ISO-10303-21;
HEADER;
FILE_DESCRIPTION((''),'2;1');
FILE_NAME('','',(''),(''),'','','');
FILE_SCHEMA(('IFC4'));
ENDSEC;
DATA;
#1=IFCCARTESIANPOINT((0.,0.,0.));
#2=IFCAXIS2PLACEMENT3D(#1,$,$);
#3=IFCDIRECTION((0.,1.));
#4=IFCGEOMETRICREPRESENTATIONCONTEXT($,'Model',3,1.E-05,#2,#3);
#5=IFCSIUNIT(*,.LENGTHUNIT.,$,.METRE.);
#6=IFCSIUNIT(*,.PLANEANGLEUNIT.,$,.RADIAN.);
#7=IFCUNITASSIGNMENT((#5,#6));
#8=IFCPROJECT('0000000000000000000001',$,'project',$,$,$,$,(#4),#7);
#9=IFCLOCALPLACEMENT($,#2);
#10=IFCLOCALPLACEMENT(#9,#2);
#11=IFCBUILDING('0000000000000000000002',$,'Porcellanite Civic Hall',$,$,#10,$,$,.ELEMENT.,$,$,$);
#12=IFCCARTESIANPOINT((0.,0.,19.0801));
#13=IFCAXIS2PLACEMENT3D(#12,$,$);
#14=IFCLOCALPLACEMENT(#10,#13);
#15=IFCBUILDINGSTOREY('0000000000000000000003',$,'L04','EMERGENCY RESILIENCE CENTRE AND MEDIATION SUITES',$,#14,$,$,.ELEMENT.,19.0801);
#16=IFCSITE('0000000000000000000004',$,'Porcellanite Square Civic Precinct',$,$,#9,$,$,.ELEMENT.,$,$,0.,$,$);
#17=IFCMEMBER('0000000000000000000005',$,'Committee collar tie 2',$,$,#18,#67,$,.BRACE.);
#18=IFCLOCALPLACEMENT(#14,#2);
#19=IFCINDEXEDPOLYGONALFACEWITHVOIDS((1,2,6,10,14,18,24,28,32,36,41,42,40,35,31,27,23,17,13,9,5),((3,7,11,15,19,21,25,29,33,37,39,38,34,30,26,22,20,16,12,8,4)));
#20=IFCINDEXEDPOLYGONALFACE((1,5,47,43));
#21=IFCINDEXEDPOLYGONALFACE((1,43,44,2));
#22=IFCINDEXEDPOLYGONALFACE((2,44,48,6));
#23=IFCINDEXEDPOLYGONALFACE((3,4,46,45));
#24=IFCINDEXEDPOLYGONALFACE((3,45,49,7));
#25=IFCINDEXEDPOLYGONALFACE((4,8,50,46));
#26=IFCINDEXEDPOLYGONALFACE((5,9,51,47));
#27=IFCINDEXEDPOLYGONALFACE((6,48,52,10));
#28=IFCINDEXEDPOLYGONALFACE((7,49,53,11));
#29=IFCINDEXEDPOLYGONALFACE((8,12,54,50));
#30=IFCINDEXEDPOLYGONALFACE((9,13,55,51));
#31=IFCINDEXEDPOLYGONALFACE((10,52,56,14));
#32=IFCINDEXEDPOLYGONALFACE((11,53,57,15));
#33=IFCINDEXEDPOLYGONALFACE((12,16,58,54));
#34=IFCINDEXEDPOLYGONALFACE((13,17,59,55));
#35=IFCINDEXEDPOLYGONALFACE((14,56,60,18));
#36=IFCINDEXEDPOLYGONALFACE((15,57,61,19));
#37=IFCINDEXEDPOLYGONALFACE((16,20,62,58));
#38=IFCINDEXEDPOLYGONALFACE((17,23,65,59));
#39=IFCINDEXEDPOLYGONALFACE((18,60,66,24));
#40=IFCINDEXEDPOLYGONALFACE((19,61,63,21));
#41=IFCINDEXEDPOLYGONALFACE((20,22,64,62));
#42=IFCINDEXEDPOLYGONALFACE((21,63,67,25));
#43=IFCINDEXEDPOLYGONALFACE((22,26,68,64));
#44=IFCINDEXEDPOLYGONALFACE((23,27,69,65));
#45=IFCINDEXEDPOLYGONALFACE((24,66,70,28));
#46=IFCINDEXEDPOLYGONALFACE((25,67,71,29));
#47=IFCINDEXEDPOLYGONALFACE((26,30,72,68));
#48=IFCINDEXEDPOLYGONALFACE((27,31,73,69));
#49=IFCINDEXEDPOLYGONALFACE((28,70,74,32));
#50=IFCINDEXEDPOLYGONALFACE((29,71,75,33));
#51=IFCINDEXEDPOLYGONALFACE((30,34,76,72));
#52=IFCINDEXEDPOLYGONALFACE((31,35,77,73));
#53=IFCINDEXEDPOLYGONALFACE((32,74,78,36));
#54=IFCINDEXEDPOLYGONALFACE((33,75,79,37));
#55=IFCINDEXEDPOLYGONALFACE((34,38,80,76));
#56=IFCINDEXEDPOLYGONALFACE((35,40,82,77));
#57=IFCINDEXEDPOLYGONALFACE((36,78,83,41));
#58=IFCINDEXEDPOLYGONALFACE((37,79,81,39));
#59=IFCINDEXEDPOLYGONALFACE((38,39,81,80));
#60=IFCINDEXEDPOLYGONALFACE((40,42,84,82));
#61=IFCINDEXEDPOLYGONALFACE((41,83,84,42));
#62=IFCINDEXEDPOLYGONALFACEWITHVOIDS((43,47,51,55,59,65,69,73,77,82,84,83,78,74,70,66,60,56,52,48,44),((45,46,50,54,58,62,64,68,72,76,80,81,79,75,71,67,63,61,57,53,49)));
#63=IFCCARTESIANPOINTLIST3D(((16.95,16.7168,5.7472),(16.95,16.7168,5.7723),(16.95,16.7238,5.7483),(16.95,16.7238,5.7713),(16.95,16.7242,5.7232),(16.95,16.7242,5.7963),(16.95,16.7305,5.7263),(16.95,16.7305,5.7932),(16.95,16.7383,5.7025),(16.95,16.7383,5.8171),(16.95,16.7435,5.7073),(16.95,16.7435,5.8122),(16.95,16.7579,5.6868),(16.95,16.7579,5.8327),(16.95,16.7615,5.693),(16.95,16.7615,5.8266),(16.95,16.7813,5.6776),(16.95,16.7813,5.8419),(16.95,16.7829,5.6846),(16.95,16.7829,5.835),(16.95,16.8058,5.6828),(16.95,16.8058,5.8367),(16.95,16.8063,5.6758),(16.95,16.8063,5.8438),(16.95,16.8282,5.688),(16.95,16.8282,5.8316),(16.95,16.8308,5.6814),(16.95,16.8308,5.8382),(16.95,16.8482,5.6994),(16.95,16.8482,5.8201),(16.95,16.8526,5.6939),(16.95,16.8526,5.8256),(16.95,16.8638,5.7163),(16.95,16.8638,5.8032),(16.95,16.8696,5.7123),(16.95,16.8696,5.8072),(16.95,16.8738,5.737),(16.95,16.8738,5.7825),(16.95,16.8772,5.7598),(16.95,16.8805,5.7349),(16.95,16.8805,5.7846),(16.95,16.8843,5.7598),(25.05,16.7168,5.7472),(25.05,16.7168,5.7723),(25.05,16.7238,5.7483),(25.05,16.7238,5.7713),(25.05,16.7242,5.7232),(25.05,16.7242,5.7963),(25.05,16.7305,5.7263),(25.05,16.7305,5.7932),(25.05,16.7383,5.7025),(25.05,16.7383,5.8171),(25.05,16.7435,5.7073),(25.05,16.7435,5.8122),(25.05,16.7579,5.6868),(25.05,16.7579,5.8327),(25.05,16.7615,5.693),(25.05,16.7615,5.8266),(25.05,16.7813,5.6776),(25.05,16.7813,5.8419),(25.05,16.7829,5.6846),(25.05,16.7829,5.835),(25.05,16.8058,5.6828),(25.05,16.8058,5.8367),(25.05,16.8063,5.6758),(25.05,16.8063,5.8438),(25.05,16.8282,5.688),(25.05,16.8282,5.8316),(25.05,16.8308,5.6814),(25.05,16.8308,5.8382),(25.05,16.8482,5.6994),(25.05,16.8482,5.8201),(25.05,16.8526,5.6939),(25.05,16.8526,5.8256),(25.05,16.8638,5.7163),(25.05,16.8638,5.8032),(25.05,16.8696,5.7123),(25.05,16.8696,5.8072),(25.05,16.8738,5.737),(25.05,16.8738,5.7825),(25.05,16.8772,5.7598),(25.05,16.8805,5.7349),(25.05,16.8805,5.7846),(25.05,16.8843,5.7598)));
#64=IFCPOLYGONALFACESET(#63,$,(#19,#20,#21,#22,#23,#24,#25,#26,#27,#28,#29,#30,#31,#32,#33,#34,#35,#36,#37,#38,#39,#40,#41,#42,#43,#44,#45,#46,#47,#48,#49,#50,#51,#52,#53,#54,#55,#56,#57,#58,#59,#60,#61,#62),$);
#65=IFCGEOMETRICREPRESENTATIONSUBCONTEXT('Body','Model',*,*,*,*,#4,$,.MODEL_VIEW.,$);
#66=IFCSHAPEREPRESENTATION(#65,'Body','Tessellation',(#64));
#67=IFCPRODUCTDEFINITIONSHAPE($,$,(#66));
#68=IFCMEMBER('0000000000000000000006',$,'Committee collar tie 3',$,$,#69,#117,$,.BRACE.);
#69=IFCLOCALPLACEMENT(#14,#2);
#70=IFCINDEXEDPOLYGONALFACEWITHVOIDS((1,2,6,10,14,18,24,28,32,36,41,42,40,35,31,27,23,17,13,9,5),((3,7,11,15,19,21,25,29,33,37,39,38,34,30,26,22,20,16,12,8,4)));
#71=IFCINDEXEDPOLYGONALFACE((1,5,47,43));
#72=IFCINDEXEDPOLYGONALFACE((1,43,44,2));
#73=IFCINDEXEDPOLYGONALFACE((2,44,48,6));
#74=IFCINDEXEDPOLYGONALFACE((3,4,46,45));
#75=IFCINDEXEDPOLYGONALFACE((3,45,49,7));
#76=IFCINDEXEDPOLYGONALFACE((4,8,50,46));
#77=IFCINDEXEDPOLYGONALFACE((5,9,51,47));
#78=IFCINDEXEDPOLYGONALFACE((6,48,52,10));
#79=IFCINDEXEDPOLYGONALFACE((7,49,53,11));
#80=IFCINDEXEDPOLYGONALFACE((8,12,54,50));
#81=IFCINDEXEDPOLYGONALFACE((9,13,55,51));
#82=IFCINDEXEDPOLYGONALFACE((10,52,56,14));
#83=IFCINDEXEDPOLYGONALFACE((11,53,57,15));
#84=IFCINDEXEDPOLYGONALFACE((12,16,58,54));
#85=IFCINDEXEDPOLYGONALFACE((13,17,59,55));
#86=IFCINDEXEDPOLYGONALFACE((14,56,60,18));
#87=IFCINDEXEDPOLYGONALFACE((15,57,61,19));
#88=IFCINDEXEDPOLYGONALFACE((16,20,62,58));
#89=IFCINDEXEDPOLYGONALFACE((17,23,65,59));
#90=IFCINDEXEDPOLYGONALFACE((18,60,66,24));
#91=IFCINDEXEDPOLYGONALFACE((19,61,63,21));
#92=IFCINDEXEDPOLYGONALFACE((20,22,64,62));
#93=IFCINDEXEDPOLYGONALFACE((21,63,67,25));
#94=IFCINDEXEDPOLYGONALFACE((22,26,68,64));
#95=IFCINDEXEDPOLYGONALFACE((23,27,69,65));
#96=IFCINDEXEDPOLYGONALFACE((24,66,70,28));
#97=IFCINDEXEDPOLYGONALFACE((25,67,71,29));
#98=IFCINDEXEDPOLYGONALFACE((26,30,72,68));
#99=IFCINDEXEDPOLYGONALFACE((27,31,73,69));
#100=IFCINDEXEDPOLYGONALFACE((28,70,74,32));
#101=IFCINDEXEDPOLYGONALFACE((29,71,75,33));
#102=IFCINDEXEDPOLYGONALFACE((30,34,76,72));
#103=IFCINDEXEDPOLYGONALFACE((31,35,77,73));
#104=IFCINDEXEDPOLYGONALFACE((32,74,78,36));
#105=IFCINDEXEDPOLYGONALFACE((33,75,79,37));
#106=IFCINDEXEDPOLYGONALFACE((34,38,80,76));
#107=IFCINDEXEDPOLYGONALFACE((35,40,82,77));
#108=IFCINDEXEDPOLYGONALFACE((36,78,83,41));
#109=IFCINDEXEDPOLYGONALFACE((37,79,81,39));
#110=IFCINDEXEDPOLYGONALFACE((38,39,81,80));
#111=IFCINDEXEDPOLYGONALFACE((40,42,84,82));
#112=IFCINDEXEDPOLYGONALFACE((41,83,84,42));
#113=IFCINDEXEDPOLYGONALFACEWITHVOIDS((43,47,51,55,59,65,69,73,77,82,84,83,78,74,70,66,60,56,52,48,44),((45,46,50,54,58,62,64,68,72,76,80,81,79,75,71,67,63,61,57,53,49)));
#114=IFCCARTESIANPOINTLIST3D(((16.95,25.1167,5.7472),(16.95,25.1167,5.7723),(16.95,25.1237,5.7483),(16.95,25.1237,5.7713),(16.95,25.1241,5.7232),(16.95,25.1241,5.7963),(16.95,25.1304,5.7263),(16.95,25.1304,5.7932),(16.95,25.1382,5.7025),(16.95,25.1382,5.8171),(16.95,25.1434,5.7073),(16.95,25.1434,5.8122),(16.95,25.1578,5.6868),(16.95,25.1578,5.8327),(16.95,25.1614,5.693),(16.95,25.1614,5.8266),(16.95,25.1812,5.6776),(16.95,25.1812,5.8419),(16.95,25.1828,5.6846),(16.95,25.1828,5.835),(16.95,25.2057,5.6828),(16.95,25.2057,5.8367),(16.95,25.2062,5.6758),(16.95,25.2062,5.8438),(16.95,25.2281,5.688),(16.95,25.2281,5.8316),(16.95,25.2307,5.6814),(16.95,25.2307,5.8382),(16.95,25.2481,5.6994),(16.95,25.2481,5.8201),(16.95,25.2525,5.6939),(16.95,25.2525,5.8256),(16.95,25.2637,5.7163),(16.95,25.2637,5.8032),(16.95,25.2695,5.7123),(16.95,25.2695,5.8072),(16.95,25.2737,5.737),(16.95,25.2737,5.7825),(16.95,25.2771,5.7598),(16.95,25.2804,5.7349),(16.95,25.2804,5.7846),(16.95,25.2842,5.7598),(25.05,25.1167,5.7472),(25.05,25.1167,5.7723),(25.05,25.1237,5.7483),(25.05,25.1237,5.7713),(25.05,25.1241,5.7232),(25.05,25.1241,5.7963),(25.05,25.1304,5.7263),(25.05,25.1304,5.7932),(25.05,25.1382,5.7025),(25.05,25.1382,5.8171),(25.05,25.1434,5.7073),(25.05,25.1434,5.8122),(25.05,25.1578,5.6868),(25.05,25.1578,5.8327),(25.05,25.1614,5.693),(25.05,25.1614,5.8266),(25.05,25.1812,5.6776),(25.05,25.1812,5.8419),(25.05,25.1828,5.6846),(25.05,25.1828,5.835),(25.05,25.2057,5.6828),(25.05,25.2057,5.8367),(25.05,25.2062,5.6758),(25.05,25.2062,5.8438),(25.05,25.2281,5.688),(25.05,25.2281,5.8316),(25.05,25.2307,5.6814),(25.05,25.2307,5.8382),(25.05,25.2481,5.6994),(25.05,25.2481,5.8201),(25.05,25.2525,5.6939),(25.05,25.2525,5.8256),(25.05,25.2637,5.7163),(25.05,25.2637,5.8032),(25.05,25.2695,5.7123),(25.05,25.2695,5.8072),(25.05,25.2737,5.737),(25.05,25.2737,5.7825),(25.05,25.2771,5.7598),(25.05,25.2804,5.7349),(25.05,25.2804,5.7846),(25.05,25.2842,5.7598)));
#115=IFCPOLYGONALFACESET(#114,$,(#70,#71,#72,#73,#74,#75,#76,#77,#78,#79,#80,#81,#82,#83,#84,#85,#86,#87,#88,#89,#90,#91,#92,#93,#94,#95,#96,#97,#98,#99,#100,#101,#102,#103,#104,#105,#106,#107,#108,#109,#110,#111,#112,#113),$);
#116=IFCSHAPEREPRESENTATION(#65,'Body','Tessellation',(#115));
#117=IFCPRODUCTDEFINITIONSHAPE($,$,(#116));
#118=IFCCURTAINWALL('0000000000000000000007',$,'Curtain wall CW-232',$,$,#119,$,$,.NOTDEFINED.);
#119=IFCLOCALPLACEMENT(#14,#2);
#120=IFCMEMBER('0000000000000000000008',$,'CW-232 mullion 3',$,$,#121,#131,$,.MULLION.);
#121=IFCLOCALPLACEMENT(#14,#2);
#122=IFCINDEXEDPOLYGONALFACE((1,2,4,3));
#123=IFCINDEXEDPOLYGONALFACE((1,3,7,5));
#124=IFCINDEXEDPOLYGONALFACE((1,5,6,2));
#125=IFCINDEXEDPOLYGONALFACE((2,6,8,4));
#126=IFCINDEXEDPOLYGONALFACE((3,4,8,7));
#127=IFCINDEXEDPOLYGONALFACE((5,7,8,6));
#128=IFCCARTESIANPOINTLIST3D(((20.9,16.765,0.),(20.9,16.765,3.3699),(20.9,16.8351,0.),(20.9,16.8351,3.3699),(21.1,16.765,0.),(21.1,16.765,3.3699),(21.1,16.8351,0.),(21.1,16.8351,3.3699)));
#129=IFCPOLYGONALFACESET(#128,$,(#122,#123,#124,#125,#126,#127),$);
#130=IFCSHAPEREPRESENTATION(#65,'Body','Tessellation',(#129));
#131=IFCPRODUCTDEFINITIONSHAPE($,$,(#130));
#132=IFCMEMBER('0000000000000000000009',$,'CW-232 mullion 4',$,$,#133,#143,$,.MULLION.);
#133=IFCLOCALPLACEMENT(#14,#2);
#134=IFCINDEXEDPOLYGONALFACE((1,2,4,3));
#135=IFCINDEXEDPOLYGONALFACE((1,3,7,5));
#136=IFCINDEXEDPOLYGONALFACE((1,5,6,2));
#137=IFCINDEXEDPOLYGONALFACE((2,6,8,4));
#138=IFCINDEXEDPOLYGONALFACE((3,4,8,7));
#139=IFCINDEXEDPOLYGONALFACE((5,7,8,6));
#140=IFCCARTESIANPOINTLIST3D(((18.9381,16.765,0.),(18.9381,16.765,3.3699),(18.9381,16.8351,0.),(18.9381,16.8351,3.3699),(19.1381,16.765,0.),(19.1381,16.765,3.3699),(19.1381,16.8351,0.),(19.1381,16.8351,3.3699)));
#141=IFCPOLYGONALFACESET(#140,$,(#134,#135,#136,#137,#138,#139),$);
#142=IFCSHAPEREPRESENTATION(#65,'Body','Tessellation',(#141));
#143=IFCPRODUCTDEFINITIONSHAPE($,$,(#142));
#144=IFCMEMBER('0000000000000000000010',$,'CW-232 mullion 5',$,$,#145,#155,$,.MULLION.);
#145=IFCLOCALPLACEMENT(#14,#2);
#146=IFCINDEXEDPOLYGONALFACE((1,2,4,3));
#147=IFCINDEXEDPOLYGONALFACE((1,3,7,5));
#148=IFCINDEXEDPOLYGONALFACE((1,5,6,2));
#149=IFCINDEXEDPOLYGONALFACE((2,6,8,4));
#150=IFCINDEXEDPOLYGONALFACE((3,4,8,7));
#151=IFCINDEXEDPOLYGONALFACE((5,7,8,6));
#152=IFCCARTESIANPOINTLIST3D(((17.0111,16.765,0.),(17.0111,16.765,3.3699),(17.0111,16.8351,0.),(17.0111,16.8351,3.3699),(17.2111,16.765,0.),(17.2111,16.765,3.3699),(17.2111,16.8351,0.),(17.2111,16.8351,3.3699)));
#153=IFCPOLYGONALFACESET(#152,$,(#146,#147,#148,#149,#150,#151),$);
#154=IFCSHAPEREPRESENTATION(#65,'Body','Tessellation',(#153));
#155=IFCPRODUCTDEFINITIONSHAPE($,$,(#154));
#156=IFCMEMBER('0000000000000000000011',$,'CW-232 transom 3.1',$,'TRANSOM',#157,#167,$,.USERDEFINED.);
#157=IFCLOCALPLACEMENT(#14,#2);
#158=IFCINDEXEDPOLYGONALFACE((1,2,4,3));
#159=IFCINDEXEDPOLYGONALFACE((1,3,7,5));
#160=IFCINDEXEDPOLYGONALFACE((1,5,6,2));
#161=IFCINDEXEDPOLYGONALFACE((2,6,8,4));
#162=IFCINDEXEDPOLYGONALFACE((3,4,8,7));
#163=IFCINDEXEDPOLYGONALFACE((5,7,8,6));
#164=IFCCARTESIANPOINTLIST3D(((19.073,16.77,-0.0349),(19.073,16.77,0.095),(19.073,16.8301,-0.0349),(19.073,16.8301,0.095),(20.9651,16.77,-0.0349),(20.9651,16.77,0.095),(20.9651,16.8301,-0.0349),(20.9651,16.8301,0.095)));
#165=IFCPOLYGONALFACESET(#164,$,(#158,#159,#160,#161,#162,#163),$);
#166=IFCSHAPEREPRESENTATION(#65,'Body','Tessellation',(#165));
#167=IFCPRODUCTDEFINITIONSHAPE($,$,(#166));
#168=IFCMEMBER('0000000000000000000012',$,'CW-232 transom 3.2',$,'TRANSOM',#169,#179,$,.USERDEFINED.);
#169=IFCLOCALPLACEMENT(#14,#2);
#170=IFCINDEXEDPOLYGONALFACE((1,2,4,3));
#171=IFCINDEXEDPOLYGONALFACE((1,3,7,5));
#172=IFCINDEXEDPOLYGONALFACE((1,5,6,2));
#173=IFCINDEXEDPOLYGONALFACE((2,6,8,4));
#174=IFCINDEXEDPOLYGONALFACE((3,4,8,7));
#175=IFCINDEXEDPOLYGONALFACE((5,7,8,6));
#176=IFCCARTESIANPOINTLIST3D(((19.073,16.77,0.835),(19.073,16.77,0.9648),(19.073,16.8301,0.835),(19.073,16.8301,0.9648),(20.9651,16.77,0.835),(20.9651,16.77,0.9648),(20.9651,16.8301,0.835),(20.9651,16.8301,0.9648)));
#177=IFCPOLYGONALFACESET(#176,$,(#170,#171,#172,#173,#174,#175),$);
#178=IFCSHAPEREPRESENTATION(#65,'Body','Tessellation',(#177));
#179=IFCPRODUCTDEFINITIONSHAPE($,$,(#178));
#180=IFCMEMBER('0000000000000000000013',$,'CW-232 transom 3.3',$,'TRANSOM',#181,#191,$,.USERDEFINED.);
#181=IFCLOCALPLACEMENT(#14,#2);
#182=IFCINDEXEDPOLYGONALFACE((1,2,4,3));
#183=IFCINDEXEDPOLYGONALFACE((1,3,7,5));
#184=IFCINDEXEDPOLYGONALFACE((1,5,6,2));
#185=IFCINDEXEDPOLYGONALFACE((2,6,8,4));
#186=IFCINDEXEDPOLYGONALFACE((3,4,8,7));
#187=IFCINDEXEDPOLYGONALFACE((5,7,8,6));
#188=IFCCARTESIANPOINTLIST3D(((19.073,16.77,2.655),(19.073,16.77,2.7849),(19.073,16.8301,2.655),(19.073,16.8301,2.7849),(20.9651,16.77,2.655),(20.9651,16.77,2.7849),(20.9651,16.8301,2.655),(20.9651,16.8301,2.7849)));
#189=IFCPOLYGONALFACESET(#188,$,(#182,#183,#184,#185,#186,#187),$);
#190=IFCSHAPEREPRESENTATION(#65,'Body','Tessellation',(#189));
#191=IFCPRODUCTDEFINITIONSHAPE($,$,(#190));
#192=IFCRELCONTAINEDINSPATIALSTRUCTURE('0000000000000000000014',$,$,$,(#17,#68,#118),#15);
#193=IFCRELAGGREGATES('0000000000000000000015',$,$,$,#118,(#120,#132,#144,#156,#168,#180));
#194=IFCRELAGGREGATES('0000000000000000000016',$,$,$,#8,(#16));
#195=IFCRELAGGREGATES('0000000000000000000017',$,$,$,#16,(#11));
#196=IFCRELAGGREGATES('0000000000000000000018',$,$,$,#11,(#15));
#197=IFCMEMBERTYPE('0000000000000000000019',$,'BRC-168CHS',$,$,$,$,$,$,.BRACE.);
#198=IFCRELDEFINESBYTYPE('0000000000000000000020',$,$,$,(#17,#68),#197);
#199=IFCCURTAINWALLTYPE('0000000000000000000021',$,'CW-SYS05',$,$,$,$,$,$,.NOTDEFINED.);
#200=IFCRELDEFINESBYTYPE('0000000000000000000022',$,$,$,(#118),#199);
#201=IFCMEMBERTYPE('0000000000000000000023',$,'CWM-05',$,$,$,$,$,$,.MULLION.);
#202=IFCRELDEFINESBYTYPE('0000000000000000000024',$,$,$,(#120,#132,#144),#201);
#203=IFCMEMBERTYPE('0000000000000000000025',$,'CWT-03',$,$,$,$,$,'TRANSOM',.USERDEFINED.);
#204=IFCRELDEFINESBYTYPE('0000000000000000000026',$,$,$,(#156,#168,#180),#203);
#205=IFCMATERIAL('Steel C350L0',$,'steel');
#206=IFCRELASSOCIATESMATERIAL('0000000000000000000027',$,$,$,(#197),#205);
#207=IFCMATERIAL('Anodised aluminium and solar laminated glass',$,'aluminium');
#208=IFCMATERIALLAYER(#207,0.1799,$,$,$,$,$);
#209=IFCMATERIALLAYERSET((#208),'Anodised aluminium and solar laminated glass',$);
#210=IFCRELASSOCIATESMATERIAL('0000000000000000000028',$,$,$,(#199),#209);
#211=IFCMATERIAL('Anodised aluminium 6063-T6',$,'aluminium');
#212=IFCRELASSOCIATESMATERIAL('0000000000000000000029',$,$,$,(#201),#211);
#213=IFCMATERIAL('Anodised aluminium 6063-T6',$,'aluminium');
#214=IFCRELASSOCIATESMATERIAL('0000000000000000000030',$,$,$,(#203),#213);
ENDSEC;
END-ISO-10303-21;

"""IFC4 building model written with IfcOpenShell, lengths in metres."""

from ifc_helpers import new_model, si_unit, direction, frame, origin, origin_2d, place, context, subcontext, project, spatial, rectangle, hollow_circle, extrude, material, layer, layer_set, material_profile, profile_set, type_object, element, aggregate, save


model = new_model("IFC4")

# Units and contexts
model_context = context("Model", 3, precision=1e-05, world=origin(), true_north=direction((0.0, 1.0)))
body_context = subcontext(model_context, "Body", "Model", "MODEL_VIEW")
ifc_project = project(units=[si_unit("LENGTHUNIT", "METRE"), si_unit("PLANEANGLEUNIT", "RADIAN")], contexts=[model_context])

# Site, building, storey
site_placement = place(None, origin())
site = spatial("IfcSite", under=ifc_project, at=site_placement, Name="Porcellanite Square Civic Precinct", CompositionType="ELEMENT", RefElevation=0.0)
building_placement = place(site_placement, origin())
building = spatial("IfcBuilding", under=site, at=building_placement, Name="Porcellanite Civic Hall", CompositionType="ELEMENT")
storey_placement = place(building_placement, frame((0.0, 0.0, 19.0801)))
storey = spatial("IfcBuildingStorey", under=building, at=storey_placement, Name="L04", Description="EMERGENCY RESILIENCE CENTRE AND MEDIATION SUITES", CompositionType="ELEMENT", Elevation=19.0801)

# Members
ifc_material_1 = material(Name="Steel C350L0", Category="steel")
ifc_material_profile_1 = material_profile(ifc_material_1, hollow_circle(Radius=0.0842, WallThickness=0.0071, at=origin_2d()), Name="168.3x7.1CHS")
ifc_profile_set_1 = profile_set([ifc_material_profile_1], Name="Steel C350L0")
member_type_1 = type_object("IfcMemberType", Name="BRC-168CHS", PredefinedType="BRACE", material=ifc_profile_set_1)
for number, where, z_axis, x_axis, name in (
    (1, (16.95, 16.8, 5.7598), (1.0, 0.0, 0.0), (0.0, 1.0, 0.0), "Committee collar tie 2"),
    (2, (16.95, 25.2, 5.7598), (1.0, 0.0, 0.0), (0.0, 1.0, 0.0), "Committee collar tie 3"),
):
    element("IfcMember", number, at=place(storey_placement, frame(where, z_axis=z_axis, x_axis=x_axis)), inside=storey, type_object=member_type_1, Name=name, PredefinedType="BRACE", context=body_context, shape_type="SweptSolid", body=[
        extrude(hollow_circle(Radius=0.0842, WallThickness=0.0071, at=origin_2d()), origin(), (0.0, 0.0, 1.0), 8.1001),
    ])

# Curtain wall, members
ifc_material_2 = material(Name="Anodised aluminium and solar laminated glass", Category="aluminium")
ifc_layer_1 = layer(ifc_material_2, 0.1799)
ifc_layer_set_1 = layer_set([ifc_layer_1], Name="Anodised aluminium and solar laminated glass")
curtain_wall_type = type_object("IfcCurtainWallType", Name="CW-SYS05", PredefinedType="NOTDEFINED", material=ifc_layer_set_1)
curtain_wall_placement = place(storey_placement, origin())
curtain_wall = element("IfcCurtainWall", 3, at=curtain_wall_placement, inside=storey, type_object=curtain_wall_type, Name="Curtain wall CW-232", PredefinedType="NOTDEFINED")
ifc_material_3 = material(Name="Anodised aluminium 6063-T6", Category="aluminium")
ifc_material_profile_2 = material_profile(ifc_material_3, rectangle(XDim=0.0701, YDim=0.2, at=origin_2d()), Name="AL-70x200")
ifc_profile_set_2 = profile_set([ifc_material_profile_2], Name="Anodised aluminium 6063-T6")
member_type_2 = type_object("IfcMemberType", Name="CWM-05", PredefinedType="MULLION", material=ifc_profile_set_2)
member_1_placement = place(storey_placement, frame((21.0, 16.8, 0.0), z_axis=(0.0, 0.0, 1.0), x_axis=(0.0, -1.0, 0.0)))
member_1 = element("IfcMember", 4, at=member_1_placement, type_object=member_type_2, Name="CW-232 mullion 3", PredefinedType="MULLION", context=body_context, shape_type="SweptSolid", body=[
    extrude(rectangle(XDim=0.0701, YDim=0.2, at=origin_2d()), origin(), (0.0, 0.0, 1.0), 3.3699),
])
member_2_placement = place(storey_placement, frame((19.0381, 16.8, 0.0), z_axis=(0.0, 0.0, 1.0), x_axis=(0.0, -1.0, 0.0)))
member_2 = element("IfcMember", 5, at=member_2_placement, type_object=member_type_2, Name="CW-232 mullion 4", PredefinedType="MULLION", context=body_context, shape_type="SweptSolid", body=[
    extrude(rectangle(XDim=0.0701, YDim=0.2, at=origin_2d()), origin(), (0.0, 0.0, 1.0), 3.3699),
])
member_3_placement = place(storey_placement, frame((17.1111, 16.8, 0.0), z_axis=(0.0, 0.0, 1.0), x_axis=(0.0, -1.0, 0.0)))
member_3 = element("IfcMember", 6, at=member_3_placement, type_object=member_type_2, Name="CW-232 mullion 5", PredefinedType="MULLION", context=body_context, shape_type="SweptSolid", body=[
    extrude(rectangle(XDim=0.0701, YDim=0.2, at=origin_2d()), origin(), (0.0, 0.0, 1.0), 3.3699),
])
ifc_material_4 = material(Name="Anodised aluminium 6063-T6", Category="aluminium")
ifc_material_profile_3 = material_profile(ifc_material_4, rectangle(XDim=0.0601, YDim=0.1299, at=origin_2d()), Name="AL-60x130")
ifc_profile_set_3 = profile_set([ifc_material_profile_3], Name="Anodised aluminium 6063-T6")
member_type_3 = type_object("IfcMemberType", Name="CWT-03", ElementType="TRANSOM", PredefinedType="USERDEFINED", material=ifc_profile_set_3)
member_4_placement = place(storey_placement, frame((20.9651, 16.8, 0.03), z_axis=(-1.0, 0.0, 0.0), x_axis=(0.0, -1.0, 0.0)))
member_4 = element("IfcMember", 7, at=member_4_placement, type_object=member_type_3, Name="CW-232 transom 3.1", ObjectType="TRANSOM", PredefinedType="USERDEFINED", context=body_context, shape_type="SweptSolid", body=[
    extrude(rectangle(XDim=0.0601, YDim=0.1299, at=origin_2d()), origin(), (0.0, 0.0, 1.0), 1.8921),
])
member_5_placement = place(storey_placement, frame((20.9651, 16.8, 0.8999), z_axis=(-1.0, 0.0, 0.0), x_axis=(0.0, -1.0, 0.0)))
member_5 = element("IfcMember", 8, at=member_5_placement, type_object=member_type_3, Name="CW-232 transom 3.2", ObjectType="TRANSOM", PredefinedType="USERDEFINED", context=body_context, shape_type="SweptSolid", body=[
    extrude(rectangle(XDim=0.0601, YDim=0.1299, at=origin_2d()), origin(), (0.0, 0.0, 1.0), 1.8921),
])
member_6_placement = place(storey_placement, frame((20.9651, 16.8, 2.72), z_axis=(-1.0, 0.0, 0.0), x_axis=(0.0, -1.0, 0.0)))
member_6 = element("IfcMember", 9, at=member_6_placement, type_object=member_type_3, Name="CW-232 transom 3.3", ObjectType="TRANSOM", PredefinedType="USERDEFINED", context=body_context, shape_type="SweptSolid", body=[
    extrude(rectangle(XDim=0.0601, YDim=0.1299, at=origin_2d()), origin(), (0.0, 0.0, 1.0), 1.8921),
])

aggregate(curtain_wall, [member_1, member_2, member_3, member_4, member_5, member_6])

save(model, "model.ifc")
